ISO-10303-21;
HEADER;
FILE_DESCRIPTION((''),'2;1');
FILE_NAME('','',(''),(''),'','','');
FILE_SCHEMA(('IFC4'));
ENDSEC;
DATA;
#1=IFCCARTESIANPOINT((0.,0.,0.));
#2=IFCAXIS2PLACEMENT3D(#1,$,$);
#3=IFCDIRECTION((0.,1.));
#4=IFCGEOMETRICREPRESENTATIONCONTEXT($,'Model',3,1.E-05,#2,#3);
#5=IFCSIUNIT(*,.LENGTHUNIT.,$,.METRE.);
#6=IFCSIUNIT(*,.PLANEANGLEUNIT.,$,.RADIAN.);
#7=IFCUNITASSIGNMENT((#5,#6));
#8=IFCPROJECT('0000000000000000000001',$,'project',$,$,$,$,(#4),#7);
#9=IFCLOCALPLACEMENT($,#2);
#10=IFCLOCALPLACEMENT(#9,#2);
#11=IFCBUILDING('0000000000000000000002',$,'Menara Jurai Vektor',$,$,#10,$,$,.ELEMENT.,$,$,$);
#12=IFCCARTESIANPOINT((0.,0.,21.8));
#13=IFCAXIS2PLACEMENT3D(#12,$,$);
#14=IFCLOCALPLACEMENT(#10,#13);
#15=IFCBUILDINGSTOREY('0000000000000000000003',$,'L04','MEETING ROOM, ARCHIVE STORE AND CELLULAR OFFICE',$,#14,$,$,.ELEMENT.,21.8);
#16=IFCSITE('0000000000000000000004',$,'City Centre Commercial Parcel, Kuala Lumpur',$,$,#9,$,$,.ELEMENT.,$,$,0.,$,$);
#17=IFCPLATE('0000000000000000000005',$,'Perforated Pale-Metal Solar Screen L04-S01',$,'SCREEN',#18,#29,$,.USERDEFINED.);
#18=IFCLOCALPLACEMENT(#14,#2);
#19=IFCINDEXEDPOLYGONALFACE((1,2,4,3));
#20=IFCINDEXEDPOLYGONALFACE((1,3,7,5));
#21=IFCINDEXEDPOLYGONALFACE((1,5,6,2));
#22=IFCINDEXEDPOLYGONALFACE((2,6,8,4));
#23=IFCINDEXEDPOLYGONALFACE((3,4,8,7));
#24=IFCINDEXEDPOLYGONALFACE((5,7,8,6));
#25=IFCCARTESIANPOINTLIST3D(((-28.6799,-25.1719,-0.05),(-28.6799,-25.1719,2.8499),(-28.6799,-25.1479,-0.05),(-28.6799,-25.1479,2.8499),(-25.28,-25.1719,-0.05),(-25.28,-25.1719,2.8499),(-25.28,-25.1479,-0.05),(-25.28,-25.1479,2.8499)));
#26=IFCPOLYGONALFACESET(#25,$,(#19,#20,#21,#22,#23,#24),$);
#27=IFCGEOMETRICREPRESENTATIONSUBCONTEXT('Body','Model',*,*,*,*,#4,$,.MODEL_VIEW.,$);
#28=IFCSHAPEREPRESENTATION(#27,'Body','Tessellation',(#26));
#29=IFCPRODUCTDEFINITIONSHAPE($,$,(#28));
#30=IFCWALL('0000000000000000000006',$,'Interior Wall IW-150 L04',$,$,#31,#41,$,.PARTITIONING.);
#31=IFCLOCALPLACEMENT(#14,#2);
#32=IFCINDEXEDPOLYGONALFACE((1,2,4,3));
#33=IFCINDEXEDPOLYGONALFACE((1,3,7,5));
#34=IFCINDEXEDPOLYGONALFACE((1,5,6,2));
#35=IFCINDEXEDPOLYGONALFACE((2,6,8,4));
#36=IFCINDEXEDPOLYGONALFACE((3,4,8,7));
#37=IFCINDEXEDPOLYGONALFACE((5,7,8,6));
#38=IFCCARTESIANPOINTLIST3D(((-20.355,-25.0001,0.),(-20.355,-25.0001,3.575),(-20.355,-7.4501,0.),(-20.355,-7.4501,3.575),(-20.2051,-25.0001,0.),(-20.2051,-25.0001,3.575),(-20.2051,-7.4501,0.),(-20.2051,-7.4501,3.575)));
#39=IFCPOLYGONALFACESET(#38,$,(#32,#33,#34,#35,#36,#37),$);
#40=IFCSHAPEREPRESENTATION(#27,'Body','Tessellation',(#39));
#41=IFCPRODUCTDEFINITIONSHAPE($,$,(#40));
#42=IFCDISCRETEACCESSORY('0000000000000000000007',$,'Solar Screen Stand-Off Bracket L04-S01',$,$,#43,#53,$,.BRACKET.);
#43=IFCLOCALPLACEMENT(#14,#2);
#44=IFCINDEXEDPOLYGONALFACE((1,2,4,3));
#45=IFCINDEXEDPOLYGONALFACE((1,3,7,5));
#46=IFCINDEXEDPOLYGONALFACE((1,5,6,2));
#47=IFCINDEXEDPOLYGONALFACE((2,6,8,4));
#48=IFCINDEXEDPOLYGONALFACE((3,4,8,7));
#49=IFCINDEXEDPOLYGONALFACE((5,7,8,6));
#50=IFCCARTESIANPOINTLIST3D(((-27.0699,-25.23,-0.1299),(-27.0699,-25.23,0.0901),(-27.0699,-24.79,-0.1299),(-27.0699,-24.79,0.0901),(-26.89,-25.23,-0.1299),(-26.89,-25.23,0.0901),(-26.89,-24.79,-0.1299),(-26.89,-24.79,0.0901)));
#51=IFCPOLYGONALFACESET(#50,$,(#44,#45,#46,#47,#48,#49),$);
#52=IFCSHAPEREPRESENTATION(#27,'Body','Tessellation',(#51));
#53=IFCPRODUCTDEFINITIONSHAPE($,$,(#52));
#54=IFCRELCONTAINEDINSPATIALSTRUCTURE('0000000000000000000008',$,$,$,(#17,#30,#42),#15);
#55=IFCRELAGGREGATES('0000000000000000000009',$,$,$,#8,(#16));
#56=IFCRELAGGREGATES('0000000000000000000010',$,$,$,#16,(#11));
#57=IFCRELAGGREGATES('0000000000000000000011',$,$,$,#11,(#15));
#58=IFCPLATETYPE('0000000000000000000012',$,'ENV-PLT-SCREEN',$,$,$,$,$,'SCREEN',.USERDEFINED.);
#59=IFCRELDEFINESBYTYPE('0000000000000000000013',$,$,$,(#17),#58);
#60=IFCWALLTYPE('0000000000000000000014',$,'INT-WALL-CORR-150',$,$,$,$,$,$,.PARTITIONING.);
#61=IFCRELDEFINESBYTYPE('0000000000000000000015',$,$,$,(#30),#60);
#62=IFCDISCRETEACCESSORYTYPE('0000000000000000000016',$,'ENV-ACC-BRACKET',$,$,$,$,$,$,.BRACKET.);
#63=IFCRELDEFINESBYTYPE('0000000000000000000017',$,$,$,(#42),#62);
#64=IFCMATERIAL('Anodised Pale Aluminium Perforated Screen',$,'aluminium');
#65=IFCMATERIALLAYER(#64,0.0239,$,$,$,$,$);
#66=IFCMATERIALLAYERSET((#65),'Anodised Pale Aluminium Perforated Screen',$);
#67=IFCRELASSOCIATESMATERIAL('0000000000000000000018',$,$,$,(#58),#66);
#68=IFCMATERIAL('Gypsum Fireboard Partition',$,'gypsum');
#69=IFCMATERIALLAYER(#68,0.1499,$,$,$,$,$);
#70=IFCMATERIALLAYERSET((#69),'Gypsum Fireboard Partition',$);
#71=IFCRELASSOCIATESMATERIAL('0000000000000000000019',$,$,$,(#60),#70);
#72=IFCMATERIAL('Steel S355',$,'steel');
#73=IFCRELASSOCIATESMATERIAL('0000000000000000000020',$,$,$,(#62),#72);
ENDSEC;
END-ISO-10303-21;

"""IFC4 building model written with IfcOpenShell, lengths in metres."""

from ifc_helpers import new_model, si_unit, direction, frame, frame_2d, origin, origin_2d, place, context, subcontext, project, spatial, rectangle, extrude, material, layer, layer_set, type_object, element, save


model = new_model("IFC4")

# Units and contexts
model_context = context("Model", 3, precision=1e-05, world=origin(), true_north=direction((0.0, 1.0)))
body_context = subcontext(model_context, "Body", "Model", "MODEL_VIEW")
ifc_project = project(units=[si_unit("LENGTHUNIT", "METRE"), si_unit("PLANEANGLEUNIT", "RADIAN")], contexts=[model_context])

# Site, building, storey
site_placement = place(None, origin())
site = spatial("IfcSite", under=ifc_project, at=site_placement, Name="City Centre Commercial Parcel, Kuala Lumpur", CompositionType="ELEMENT", RefElevation=0.0)
building_placement = place(site_placement, origin())
building = spatial("IfcBuilding", under=site, at=building_placement, Name="Menara Jurai Vektor", CompositionType="ELEMENT")
storey_placement = place(building_placement, frame((0.0, 0.0, 21.8)))
storey = spatial("IfcBuildingStorey", under=building, at=storey_placement, Name="L04", Description="MEETING ROOM, ARCHIVE STORE AND CELLULAR OFFICE", CompositionType="ELEMENT", Elevation=21.8)

# Shared definitions
ifc_material_1 = material(Name="Steel S355", Category="steel")

# Plate
ifc_material_2 = material(Name="Anodised Pale Aluminium Perforated Screen", Category="aluminium")
ifc_layer_1 = layer(ifc_material_2, 0.0239)
ifc_layer_set_1 = layer_set([ifc_layer_1], Name="Anodised Pale Aluminium Perforated Screen")
plate_type_1 = type_object("IfcPlateType", Name="ENV-PLT-SCREEN", ElementType="SCREEN", PredefinedType="USERDEFINED", material=ifc_layer_set_1)
plate_1_placement = place(storey_placement, frame((-26.98, -25.1599, -0.05), z_axis=(0.0, 0.0, 1.0), x_axis=(1.0, 0.0, 0.0)))
element("IfcPlate", 1, at=plate_1_placement, inside=storey, type_object=plate_type_1, Name="Perforated Pale-Metal Solar Screen L04-S01", ObjectType="SCREEN", PredefinedType="USERDEFINED", context=body_context, shape_type="SweptSolid", body=[
    extrude(rectangle(XDim=3.3999, YDim=0.0239, at=origin_2d()), origin(), (0.0, 0.0, 1.0), 2.8999),
])

# Wall
ifc_material_3 = material(Name="Gypsum Fireboard Partition", Category="gypsum")
ifc_layer_2 = layer(ifc_material_3, 0.1499)
ifc_layer_set_2 = layer_set([ifc_layer_2], Name="Gypsum Fireboard Partition")
wall_type = type_object("IfcWallType", Name="INT-WALL-CORR-150", PredefinedType="PARTITIONING", material=ifc_layer_set_2)
wall_placement = place(storey_placement, frame((-20.28, -25.0, 0.0), z_axis=(0.0, 0.0, 1.0), x_axis=(0.0, 1.0, 0.0)))
element("IfcWall", 2, at=wall_placement, inside=storey, type_object=wall_type, Name="Interior Wall IW-150 L04", PredefinedType="PARTITIONING", context=body_context, shape_type="SweptSolid", body=[
    extrude(rectangle(XDim=17.55, YDim=0.1499, at=frame_2d((8.7749, 0.0))), origin(), (0.0, 0.0, 1.0), 3.575),
])

# Discrete accessory
discrete_accessory_type = type_object("IfcDiscreteAccessoryType", Name="ENV-ACC-BRACKET", PredefinedType="BRACKET", material=ifc_material_1)
discrete_accessory_placement = place(storey_placement, frame((-26.98, -25.01, -0.1299), z_axis=(0.0, 0.0, 1.0), x_axis=(1.0, 0.0, 0.0)))
element("IfcDiscreteAccessory", 3, at=discrete_accessory_placement, inside=storey, type_object=discrete_accessory_type, Name="Solar Screen Stand-Off Bracket L04-S01", PredefinedType="BRACKET", context=body_context, shape_type="SweptSolid", body=[
    extrude(rectangle(XDim=0.1799, YDim=0.4399, at=origin_2d()), origin(), (0.0, 0.0, 1.0), 0.22),
])

save(model, "model.ifc")
